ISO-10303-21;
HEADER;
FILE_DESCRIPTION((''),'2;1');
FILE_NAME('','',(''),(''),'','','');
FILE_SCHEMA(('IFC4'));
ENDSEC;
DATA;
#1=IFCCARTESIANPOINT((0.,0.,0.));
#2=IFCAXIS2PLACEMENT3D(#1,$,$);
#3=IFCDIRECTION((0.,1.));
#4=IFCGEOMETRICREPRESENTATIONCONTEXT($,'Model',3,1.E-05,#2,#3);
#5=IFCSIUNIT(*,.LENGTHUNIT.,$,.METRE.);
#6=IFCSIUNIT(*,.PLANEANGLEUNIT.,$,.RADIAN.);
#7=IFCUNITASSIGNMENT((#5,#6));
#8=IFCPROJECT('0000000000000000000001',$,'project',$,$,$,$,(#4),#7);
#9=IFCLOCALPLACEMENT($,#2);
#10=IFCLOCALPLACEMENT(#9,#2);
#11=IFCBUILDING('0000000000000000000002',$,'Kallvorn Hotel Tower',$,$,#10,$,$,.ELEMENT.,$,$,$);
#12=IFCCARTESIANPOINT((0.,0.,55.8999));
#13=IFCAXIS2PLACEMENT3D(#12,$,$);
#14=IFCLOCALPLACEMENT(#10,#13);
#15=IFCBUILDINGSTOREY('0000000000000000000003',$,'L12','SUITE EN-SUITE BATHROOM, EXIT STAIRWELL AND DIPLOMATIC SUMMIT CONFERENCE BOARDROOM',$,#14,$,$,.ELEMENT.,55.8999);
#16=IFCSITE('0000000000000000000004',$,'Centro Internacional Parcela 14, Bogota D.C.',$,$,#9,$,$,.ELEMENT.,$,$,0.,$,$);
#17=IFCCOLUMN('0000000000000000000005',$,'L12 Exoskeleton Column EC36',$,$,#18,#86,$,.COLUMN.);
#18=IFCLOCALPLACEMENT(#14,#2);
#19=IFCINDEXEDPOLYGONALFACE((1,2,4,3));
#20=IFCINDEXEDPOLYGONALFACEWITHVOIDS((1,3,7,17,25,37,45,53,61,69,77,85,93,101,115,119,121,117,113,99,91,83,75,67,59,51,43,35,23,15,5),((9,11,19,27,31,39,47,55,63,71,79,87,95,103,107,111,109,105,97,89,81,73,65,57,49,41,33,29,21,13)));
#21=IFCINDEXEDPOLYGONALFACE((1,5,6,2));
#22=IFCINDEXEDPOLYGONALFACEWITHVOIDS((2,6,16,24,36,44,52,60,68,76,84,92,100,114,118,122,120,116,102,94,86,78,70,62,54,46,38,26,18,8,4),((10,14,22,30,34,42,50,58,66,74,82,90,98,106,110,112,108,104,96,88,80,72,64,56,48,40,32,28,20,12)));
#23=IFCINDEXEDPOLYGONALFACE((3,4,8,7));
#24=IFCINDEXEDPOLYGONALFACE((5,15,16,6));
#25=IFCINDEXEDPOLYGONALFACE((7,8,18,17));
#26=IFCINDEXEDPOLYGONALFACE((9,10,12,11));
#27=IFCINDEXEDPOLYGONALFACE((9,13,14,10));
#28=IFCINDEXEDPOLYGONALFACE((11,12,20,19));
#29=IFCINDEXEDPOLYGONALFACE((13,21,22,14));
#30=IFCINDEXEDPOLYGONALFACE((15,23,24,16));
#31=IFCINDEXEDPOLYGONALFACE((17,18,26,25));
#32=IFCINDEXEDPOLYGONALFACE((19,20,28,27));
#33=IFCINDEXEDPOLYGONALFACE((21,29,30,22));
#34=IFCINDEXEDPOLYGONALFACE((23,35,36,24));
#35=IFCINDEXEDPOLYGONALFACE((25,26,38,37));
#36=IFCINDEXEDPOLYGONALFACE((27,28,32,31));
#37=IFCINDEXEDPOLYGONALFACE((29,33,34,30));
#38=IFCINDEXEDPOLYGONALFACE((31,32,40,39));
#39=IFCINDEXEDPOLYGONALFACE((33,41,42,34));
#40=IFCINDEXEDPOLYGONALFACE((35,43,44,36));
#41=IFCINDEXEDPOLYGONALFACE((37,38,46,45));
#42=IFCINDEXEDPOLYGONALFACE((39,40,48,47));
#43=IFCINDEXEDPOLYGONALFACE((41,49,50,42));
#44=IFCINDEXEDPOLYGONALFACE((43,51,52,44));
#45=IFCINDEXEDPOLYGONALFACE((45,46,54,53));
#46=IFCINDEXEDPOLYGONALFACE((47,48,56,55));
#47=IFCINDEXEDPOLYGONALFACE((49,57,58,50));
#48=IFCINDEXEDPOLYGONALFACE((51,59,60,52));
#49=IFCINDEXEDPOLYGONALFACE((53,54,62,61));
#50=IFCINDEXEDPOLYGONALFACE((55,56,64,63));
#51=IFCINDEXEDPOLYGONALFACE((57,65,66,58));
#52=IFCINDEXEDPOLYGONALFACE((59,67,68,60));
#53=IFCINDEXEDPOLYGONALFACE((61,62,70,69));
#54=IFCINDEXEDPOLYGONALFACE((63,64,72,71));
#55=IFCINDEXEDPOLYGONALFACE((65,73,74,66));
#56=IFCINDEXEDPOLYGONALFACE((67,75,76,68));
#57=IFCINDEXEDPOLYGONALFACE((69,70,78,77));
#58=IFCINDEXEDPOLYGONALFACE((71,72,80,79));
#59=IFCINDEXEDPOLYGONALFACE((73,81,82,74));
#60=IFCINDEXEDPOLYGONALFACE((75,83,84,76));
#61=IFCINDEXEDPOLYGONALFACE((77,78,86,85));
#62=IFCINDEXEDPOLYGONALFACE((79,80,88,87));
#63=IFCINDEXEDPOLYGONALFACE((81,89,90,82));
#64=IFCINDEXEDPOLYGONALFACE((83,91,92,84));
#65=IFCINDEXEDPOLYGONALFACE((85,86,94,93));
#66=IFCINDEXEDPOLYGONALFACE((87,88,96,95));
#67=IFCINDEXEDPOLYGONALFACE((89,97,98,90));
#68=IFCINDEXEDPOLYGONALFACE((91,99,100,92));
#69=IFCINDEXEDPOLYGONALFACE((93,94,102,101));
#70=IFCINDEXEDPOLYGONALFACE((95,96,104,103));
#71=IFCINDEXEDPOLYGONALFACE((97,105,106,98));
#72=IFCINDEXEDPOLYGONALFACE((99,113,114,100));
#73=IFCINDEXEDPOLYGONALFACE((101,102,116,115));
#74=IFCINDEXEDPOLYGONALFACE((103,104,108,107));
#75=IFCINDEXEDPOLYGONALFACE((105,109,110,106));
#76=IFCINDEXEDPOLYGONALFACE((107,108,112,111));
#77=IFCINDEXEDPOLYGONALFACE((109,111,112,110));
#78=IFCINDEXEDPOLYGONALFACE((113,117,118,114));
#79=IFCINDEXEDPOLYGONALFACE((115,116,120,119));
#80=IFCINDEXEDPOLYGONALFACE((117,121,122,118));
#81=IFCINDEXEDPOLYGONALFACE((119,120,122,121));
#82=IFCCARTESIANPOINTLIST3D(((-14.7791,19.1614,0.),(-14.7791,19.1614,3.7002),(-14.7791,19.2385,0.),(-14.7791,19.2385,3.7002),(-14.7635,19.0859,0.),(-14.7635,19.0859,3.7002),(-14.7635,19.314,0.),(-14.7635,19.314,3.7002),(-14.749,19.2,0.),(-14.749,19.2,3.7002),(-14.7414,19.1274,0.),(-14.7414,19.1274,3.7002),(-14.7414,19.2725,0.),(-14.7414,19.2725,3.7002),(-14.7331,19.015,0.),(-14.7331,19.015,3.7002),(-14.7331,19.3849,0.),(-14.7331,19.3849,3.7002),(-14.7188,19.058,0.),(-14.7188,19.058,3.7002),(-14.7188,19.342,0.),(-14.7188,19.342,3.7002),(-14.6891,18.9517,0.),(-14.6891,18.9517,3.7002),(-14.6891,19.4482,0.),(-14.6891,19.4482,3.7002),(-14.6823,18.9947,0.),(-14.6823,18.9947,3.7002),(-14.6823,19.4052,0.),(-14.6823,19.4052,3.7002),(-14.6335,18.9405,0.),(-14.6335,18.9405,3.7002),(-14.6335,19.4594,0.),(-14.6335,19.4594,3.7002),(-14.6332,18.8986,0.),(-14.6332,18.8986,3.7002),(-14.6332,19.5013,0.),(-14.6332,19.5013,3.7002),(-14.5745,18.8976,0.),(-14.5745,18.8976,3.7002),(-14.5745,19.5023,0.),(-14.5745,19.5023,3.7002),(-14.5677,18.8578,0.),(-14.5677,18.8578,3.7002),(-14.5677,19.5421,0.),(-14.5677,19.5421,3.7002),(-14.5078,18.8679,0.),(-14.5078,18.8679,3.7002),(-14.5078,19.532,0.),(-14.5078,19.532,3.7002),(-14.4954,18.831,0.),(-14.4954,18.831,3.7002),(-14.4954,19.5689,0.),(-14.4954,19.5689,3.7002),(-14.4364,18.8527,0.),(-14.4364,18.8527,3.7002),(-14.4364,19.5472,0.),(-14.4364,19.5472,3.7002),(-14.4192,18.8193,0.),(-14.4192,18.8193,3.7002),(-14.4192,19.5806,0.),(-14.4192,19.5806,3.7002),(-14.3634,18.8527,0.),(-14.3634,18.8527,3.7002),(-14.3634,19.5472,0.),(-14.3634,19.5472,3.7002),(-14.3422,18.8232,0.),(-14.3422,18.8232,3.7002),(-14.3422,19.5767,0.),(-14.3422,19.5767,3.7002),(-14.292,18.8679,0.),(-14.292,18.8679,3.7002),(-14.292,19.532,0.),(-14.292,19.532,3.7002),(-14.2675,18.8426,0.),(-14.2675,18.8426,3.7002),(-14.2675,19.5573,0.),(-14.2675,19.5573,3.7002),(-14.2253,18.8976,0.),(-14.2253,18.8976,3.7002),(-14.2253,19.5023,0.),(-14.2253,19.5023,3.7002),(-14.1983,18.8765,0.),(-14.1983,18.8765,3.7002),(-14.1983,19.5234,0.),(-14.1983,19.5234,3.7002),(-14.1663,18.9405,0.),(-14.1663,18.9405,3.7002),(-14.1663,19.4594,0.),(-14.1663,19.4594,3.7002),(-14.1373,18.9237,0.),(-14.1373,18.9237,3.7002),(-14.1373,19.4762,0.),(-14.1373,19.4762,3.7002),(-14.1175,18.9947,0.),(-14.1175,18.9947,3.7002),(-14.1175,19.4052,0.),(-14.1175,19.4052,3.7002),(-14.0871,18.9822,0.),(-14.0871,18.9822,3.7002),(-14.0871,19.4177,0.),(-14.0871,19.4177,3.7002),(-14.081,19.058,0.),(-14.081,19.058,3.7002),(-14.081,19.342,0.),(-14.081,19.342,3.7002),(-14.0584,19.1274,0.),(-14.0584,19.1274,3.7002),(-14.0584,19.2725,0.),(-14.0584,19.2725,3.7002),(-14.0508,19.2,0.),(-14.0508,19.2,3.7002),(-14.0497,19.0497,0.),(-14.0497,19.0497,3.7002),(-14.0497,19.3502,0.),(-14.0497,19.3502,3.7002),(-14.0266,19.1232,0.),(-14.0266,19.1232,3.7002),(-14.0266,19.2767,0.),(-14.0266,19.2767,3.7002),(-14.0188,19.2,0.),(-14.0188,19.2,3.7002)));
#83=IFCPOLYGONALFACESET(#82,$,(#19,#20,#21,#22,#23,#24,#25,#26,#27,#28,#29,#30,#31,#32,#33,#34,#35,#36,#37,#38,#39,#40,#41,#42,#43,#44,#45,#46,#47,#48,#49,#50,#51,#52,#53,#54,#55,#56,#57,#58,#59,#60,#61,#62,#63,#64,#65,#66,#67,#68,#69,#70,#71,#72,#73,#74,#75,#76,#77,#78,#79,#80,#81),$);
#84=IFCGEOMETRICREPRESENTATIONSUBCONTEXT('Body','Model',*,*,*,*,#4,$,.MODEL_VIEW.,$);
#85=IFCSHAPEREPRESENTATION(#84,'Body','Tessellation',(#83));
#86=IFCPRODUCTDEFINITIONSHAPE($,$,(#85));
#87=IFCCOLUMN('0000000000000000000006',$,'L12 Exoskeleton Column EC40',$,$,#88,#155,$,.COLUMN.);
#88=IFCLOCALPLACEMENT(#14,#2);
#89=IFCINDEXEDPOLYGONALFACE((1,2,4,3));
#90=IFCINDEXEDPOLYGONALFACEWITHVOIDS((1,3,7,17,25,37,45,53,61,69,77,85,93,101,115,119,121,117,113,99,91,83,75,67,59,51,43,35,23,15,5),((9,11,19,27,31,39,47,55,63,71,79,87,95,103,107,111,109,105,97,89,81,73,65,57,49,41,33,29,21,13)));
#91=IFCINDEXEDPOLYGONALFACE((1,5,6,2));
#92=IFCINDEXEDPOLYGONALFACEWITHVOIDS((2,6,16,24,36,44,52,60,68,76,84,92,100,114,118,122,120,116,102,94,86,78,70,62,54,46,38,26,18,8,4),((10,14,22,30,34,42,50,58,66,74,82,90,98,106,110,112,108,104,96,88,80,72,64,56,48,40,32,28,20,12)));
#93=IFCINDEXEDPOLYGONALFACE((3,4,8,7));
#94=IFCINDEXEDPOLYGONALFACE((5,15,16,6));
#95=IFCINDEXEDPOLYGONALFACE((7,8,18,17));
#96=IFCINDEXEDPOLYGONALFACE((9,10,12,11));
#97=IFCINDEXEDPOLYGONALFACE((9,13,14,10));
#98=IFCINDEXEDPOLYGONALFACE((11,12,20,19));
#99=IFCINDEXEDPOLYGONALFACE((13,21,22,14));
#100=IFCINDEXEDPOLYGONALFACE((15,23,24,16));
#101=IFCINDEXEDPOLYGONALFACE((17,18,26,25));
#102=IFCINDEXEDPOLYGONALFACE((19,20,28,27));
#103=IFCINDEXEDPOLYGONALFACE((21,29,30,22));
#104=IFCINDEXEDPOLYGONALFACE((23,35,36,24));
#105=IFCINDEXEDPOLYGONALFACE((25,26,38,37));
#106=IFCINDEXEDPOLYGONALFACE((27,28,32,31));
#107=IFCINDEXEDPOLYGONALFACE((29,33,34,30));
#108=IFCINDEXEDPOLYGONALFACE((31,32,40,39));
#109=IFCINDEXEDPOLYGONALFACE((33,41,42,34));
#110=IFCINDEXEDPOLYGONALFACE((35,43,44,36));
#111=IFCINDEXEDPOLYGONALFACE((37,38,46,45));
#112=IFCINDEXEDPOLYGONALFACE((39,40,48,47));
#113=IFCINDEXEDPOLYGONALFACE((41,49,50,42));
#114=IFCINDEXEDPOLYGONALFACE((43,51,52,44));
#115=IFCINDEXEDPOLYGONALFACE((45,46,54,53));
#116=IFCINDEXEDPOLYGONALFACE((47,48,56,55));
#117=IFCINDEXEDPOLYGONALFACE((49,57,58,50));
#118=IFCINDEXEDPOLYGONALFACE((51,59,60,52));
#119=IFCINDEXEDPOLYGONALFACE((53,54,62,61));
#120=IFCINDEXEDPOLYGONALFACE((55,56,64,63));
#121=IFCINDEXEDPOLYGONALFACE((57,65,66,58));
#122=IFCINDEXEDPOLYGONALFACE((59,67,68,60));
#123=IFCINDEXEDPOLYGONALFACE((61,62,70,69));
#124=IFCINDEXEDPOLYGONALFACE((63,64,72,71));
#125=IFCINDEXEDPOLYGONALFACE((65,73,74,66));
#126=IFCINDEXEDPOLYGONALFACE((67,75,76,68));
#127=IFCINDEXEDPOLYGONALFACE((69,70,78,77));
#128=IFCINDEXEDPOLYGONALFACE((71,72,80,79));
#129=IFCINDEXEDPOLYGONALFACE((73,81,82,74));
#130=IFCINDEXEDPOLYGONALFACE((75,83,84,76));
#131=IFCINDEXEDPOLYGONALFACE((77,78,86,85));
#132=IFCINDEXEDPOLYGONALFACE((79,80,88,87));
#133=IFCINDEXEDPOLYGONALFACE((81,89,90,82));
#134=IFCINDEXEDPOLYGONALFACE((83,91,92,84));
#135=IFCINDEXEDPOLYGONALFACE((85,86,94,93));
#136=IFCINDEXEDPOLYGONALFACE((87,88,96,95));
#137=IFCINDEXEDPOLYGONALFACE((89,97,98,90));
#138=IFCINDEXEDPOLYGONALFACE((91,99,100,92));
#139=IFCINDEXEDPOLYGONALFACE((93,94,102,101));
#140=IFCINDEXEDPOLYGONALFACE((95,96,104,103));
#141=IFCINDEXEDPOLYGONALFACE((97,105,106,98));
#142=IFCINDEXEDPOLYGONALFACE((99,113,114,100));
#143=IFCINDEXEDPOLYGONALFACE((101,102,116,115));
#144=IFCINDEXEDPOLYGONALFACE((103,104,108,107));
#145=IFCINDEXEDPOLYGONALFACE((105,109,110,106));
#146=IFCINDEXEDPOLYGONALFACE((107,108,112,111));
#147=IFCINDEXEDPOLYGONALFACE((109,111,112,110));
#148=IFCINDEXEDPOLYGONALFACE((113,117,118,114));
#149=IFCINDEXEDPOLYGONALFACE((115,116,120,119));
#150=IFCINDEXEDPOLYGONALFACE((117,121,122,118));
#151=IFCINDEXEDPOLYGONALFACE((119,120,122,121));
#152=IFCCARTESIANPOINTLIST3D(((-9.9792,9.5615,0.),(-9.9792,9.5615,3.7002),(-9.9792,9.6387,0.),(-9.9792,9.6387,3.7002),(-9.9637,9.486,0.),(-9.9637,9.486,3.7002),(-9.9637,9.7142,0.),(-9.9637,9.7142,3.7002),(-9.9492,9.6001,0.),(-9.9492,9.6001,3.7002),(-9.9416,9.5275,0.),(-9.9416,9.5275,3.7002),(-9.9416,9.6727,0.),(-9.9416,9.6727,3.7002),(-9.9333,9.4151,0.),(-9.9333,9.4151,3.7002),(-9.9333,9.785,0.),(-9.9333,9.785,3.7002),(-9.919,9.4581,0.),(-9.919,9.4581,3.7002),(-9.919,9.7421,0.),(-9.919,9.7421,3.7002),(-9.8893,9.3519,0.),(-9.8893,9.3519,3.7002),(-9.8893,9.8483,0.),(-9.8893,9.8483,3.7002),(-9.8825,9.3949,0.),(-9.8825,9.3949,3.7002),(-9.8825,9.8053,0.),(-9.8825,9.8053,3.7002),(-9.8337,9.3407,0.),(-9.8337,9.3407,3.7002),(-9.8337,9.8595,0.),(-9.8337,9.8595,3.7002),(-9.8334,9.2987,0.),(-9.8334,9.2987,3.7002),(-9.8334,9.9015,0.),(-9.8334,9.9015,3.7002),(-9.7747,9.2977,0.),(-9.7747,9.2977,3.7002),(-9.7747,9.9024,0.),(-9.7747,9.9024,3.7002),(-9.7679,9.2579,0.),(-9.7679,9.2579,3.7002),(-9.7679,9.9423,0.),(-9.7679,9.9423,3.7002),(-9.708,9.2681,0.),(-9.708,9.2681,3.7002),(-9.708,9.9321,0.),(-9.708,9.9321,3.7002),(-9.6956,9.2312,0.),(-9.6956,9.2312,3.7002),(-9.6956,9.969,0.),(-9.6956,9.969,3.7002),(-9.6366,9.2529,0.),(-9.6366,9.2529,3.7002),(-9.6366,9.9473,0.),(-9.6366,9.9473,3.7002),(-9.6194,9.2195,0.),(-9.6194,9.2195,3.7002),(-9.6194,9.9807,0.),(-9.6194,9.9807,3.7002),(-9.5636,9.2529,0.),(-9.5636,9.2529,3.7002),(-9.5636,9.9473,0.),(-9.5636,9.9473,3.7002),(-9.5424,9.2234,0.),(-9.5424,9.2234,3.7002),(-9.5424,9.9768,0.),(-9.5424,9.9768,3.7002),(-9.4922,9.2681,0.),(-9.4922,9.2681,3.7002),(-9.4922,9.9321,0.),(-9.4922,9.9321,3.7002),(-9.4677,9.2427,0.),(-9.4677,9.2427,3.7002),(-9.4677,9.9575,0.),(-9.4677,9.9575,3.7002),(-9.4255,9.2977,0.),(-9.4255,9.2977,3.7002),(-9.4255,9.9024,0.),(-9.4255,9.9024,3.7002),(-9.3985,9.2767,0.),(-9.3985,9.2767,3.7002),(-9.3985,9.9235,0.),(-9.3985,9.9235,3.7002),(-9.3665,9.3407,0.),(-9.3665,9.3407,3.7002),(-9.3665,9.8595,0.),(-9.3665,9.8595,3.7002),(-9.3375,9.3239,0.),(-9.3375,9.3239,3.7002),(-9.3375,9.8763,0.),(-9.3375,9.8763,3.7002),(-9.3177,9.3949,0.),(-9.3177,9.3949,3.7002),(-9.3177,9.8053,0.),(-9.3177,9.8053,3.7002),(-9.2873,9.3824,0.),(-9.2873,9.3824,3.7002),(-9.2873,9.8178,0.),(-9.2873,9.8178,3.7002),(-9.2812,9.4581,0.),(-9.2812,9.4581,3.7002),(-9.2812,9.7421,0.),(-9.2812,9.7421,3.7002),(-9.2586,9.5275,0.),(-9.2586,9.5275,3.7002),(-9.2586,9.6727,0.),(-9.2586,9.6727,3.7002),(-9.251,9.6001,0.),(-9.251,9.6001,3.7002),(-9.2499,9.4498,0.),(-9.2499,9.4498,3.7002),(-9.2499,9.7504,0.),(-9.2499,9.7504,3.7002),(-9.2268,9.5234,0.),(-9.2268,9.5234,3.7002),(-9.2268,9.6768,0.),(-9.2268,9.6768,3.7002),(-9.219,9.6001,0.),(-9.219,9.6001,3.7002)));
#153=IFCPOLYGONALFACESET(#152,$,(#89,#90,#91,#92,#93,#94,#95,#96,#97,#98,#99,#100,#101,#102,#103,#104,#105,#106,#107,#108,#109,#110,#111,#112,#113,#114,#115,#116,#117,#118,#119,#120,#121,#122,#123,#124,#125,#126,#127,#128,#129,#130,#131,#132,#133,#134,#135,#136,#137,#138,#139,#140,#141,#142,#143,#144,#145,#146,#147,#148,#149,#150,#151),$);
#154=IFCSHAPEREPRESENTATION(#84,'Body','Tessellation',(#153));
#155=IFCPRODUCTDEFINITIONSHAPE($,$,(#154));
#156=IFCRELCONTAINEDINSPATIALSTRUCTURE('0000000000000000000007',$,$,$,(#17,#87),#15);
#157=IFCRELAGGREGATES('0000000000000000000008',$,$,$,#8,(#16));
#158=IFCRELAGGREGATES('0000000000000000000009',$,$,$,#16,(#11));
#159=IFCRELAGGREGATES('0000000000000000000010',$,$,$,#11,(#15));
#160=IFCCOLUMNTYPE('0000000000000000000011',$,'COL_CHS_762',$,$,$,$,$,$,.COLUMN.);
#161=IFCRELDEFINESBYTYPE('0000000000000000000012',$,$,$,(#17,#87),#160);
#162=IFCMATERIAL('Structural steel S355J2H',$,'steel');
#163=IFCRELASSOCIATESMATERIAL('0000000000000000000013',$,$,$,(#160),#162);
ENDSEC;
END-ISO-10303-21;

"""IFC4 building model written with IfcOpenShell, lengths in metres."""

from ifc_helpers import new_model, si_unit, direction, frame, origin, origin_2d, place, context, subcontext, project, spatial, hollow_circle, extrude, material, material_profile, profile_set, type_object, element, save


model = new_model("IFC4")

# Units and contexts
model_context = context("Model", 3, precision=1e-05, world=origin(), true_north=direction((0.0, 1.0)))
body_context = subcontext(model_context, "Body", "Model", "MODEL_VIEW")
ifc_project = project(units=[si_unit("LENGTHUNIT", "METRE"), si_unit("PLANEANGLEUNIT", "RADIAN")], contexts=[model_context])

# Site, building, storey
site_placement = place(None, origin())
site = spatial("IfcSite", under=ifc_project, at=site_placement, Name="Centro Internacional Parcela 14, Bogota D.C.", CompositionType="ELEMENT", RefElevation=0.0)
building_placement = place(site_placement, origin())
building = spatial("IfcBuilding", under=site, at=building_placement, Name="Kallvorn Hotel Tower", CompositionType="ELEMENT")
storey_placement = place(building_placement, frame((0.0, 0.0, 55.8999)))
storey = spatial("IfcBuildingStorey", under=building, at=storey_placement, Name="L12", Description="SUITE EN-SUITE BATHROOM, EXIT STAIRWELL AND DIPLOMATIC SUMMIT CONFERENCE BOARDROOM", CompositionType="ELEMENT", Elevation=55.8999)

# Columns
ifc_material_1 = material(Name="Structural steel S355J2H", Category="steel")
ifc_material_profile_1 = material_profile(ifc_material_1, hollow_circle(Radius=0.3811, WallThickness=0.032, at=origin_2d()), Name="CHS 762x32")
ifc_profile_set_1 = profile_set([ifc_material_profile_1], Name="Structural steel S355J2H")
column_type_1 = type_object("IfcColumnType", Name="COL_CHS_762", PredefinedType="COLUMN", material=ifc_profile_set_1)
for number, where, z_axis, x_axis, name in (
    (1, (-14.3999, 19.2, 0.0), (0.0, 0.0, 1.0), (1.0, 0.0, 0.0), "L12 Exoskeleton Column EC36"),
    (2, (-9.6001, 9.6001, 0.0), (0.0, 0.0, 1.0), (1.0, 0.0, 0.0), "L12 Exoskeleton Column EC40"),
):
    element("IfcColumn", number, at=place(storey_placement, frame(where, z_axis=z_axis, x_axis=x_axis)), inside=storey, type_object=column_type_1, Name=name, PredefinedType="COLUMN", context=body_context, shape_type="SweptSolid", body=[
        extrude(hollow_circle(Radius=0.3811, WallThickness=0.032, at=origin_2d()), origin(), (0.0, 0.0, 1.0), 3.7002),
    ])

save(model, "model.ifc")
